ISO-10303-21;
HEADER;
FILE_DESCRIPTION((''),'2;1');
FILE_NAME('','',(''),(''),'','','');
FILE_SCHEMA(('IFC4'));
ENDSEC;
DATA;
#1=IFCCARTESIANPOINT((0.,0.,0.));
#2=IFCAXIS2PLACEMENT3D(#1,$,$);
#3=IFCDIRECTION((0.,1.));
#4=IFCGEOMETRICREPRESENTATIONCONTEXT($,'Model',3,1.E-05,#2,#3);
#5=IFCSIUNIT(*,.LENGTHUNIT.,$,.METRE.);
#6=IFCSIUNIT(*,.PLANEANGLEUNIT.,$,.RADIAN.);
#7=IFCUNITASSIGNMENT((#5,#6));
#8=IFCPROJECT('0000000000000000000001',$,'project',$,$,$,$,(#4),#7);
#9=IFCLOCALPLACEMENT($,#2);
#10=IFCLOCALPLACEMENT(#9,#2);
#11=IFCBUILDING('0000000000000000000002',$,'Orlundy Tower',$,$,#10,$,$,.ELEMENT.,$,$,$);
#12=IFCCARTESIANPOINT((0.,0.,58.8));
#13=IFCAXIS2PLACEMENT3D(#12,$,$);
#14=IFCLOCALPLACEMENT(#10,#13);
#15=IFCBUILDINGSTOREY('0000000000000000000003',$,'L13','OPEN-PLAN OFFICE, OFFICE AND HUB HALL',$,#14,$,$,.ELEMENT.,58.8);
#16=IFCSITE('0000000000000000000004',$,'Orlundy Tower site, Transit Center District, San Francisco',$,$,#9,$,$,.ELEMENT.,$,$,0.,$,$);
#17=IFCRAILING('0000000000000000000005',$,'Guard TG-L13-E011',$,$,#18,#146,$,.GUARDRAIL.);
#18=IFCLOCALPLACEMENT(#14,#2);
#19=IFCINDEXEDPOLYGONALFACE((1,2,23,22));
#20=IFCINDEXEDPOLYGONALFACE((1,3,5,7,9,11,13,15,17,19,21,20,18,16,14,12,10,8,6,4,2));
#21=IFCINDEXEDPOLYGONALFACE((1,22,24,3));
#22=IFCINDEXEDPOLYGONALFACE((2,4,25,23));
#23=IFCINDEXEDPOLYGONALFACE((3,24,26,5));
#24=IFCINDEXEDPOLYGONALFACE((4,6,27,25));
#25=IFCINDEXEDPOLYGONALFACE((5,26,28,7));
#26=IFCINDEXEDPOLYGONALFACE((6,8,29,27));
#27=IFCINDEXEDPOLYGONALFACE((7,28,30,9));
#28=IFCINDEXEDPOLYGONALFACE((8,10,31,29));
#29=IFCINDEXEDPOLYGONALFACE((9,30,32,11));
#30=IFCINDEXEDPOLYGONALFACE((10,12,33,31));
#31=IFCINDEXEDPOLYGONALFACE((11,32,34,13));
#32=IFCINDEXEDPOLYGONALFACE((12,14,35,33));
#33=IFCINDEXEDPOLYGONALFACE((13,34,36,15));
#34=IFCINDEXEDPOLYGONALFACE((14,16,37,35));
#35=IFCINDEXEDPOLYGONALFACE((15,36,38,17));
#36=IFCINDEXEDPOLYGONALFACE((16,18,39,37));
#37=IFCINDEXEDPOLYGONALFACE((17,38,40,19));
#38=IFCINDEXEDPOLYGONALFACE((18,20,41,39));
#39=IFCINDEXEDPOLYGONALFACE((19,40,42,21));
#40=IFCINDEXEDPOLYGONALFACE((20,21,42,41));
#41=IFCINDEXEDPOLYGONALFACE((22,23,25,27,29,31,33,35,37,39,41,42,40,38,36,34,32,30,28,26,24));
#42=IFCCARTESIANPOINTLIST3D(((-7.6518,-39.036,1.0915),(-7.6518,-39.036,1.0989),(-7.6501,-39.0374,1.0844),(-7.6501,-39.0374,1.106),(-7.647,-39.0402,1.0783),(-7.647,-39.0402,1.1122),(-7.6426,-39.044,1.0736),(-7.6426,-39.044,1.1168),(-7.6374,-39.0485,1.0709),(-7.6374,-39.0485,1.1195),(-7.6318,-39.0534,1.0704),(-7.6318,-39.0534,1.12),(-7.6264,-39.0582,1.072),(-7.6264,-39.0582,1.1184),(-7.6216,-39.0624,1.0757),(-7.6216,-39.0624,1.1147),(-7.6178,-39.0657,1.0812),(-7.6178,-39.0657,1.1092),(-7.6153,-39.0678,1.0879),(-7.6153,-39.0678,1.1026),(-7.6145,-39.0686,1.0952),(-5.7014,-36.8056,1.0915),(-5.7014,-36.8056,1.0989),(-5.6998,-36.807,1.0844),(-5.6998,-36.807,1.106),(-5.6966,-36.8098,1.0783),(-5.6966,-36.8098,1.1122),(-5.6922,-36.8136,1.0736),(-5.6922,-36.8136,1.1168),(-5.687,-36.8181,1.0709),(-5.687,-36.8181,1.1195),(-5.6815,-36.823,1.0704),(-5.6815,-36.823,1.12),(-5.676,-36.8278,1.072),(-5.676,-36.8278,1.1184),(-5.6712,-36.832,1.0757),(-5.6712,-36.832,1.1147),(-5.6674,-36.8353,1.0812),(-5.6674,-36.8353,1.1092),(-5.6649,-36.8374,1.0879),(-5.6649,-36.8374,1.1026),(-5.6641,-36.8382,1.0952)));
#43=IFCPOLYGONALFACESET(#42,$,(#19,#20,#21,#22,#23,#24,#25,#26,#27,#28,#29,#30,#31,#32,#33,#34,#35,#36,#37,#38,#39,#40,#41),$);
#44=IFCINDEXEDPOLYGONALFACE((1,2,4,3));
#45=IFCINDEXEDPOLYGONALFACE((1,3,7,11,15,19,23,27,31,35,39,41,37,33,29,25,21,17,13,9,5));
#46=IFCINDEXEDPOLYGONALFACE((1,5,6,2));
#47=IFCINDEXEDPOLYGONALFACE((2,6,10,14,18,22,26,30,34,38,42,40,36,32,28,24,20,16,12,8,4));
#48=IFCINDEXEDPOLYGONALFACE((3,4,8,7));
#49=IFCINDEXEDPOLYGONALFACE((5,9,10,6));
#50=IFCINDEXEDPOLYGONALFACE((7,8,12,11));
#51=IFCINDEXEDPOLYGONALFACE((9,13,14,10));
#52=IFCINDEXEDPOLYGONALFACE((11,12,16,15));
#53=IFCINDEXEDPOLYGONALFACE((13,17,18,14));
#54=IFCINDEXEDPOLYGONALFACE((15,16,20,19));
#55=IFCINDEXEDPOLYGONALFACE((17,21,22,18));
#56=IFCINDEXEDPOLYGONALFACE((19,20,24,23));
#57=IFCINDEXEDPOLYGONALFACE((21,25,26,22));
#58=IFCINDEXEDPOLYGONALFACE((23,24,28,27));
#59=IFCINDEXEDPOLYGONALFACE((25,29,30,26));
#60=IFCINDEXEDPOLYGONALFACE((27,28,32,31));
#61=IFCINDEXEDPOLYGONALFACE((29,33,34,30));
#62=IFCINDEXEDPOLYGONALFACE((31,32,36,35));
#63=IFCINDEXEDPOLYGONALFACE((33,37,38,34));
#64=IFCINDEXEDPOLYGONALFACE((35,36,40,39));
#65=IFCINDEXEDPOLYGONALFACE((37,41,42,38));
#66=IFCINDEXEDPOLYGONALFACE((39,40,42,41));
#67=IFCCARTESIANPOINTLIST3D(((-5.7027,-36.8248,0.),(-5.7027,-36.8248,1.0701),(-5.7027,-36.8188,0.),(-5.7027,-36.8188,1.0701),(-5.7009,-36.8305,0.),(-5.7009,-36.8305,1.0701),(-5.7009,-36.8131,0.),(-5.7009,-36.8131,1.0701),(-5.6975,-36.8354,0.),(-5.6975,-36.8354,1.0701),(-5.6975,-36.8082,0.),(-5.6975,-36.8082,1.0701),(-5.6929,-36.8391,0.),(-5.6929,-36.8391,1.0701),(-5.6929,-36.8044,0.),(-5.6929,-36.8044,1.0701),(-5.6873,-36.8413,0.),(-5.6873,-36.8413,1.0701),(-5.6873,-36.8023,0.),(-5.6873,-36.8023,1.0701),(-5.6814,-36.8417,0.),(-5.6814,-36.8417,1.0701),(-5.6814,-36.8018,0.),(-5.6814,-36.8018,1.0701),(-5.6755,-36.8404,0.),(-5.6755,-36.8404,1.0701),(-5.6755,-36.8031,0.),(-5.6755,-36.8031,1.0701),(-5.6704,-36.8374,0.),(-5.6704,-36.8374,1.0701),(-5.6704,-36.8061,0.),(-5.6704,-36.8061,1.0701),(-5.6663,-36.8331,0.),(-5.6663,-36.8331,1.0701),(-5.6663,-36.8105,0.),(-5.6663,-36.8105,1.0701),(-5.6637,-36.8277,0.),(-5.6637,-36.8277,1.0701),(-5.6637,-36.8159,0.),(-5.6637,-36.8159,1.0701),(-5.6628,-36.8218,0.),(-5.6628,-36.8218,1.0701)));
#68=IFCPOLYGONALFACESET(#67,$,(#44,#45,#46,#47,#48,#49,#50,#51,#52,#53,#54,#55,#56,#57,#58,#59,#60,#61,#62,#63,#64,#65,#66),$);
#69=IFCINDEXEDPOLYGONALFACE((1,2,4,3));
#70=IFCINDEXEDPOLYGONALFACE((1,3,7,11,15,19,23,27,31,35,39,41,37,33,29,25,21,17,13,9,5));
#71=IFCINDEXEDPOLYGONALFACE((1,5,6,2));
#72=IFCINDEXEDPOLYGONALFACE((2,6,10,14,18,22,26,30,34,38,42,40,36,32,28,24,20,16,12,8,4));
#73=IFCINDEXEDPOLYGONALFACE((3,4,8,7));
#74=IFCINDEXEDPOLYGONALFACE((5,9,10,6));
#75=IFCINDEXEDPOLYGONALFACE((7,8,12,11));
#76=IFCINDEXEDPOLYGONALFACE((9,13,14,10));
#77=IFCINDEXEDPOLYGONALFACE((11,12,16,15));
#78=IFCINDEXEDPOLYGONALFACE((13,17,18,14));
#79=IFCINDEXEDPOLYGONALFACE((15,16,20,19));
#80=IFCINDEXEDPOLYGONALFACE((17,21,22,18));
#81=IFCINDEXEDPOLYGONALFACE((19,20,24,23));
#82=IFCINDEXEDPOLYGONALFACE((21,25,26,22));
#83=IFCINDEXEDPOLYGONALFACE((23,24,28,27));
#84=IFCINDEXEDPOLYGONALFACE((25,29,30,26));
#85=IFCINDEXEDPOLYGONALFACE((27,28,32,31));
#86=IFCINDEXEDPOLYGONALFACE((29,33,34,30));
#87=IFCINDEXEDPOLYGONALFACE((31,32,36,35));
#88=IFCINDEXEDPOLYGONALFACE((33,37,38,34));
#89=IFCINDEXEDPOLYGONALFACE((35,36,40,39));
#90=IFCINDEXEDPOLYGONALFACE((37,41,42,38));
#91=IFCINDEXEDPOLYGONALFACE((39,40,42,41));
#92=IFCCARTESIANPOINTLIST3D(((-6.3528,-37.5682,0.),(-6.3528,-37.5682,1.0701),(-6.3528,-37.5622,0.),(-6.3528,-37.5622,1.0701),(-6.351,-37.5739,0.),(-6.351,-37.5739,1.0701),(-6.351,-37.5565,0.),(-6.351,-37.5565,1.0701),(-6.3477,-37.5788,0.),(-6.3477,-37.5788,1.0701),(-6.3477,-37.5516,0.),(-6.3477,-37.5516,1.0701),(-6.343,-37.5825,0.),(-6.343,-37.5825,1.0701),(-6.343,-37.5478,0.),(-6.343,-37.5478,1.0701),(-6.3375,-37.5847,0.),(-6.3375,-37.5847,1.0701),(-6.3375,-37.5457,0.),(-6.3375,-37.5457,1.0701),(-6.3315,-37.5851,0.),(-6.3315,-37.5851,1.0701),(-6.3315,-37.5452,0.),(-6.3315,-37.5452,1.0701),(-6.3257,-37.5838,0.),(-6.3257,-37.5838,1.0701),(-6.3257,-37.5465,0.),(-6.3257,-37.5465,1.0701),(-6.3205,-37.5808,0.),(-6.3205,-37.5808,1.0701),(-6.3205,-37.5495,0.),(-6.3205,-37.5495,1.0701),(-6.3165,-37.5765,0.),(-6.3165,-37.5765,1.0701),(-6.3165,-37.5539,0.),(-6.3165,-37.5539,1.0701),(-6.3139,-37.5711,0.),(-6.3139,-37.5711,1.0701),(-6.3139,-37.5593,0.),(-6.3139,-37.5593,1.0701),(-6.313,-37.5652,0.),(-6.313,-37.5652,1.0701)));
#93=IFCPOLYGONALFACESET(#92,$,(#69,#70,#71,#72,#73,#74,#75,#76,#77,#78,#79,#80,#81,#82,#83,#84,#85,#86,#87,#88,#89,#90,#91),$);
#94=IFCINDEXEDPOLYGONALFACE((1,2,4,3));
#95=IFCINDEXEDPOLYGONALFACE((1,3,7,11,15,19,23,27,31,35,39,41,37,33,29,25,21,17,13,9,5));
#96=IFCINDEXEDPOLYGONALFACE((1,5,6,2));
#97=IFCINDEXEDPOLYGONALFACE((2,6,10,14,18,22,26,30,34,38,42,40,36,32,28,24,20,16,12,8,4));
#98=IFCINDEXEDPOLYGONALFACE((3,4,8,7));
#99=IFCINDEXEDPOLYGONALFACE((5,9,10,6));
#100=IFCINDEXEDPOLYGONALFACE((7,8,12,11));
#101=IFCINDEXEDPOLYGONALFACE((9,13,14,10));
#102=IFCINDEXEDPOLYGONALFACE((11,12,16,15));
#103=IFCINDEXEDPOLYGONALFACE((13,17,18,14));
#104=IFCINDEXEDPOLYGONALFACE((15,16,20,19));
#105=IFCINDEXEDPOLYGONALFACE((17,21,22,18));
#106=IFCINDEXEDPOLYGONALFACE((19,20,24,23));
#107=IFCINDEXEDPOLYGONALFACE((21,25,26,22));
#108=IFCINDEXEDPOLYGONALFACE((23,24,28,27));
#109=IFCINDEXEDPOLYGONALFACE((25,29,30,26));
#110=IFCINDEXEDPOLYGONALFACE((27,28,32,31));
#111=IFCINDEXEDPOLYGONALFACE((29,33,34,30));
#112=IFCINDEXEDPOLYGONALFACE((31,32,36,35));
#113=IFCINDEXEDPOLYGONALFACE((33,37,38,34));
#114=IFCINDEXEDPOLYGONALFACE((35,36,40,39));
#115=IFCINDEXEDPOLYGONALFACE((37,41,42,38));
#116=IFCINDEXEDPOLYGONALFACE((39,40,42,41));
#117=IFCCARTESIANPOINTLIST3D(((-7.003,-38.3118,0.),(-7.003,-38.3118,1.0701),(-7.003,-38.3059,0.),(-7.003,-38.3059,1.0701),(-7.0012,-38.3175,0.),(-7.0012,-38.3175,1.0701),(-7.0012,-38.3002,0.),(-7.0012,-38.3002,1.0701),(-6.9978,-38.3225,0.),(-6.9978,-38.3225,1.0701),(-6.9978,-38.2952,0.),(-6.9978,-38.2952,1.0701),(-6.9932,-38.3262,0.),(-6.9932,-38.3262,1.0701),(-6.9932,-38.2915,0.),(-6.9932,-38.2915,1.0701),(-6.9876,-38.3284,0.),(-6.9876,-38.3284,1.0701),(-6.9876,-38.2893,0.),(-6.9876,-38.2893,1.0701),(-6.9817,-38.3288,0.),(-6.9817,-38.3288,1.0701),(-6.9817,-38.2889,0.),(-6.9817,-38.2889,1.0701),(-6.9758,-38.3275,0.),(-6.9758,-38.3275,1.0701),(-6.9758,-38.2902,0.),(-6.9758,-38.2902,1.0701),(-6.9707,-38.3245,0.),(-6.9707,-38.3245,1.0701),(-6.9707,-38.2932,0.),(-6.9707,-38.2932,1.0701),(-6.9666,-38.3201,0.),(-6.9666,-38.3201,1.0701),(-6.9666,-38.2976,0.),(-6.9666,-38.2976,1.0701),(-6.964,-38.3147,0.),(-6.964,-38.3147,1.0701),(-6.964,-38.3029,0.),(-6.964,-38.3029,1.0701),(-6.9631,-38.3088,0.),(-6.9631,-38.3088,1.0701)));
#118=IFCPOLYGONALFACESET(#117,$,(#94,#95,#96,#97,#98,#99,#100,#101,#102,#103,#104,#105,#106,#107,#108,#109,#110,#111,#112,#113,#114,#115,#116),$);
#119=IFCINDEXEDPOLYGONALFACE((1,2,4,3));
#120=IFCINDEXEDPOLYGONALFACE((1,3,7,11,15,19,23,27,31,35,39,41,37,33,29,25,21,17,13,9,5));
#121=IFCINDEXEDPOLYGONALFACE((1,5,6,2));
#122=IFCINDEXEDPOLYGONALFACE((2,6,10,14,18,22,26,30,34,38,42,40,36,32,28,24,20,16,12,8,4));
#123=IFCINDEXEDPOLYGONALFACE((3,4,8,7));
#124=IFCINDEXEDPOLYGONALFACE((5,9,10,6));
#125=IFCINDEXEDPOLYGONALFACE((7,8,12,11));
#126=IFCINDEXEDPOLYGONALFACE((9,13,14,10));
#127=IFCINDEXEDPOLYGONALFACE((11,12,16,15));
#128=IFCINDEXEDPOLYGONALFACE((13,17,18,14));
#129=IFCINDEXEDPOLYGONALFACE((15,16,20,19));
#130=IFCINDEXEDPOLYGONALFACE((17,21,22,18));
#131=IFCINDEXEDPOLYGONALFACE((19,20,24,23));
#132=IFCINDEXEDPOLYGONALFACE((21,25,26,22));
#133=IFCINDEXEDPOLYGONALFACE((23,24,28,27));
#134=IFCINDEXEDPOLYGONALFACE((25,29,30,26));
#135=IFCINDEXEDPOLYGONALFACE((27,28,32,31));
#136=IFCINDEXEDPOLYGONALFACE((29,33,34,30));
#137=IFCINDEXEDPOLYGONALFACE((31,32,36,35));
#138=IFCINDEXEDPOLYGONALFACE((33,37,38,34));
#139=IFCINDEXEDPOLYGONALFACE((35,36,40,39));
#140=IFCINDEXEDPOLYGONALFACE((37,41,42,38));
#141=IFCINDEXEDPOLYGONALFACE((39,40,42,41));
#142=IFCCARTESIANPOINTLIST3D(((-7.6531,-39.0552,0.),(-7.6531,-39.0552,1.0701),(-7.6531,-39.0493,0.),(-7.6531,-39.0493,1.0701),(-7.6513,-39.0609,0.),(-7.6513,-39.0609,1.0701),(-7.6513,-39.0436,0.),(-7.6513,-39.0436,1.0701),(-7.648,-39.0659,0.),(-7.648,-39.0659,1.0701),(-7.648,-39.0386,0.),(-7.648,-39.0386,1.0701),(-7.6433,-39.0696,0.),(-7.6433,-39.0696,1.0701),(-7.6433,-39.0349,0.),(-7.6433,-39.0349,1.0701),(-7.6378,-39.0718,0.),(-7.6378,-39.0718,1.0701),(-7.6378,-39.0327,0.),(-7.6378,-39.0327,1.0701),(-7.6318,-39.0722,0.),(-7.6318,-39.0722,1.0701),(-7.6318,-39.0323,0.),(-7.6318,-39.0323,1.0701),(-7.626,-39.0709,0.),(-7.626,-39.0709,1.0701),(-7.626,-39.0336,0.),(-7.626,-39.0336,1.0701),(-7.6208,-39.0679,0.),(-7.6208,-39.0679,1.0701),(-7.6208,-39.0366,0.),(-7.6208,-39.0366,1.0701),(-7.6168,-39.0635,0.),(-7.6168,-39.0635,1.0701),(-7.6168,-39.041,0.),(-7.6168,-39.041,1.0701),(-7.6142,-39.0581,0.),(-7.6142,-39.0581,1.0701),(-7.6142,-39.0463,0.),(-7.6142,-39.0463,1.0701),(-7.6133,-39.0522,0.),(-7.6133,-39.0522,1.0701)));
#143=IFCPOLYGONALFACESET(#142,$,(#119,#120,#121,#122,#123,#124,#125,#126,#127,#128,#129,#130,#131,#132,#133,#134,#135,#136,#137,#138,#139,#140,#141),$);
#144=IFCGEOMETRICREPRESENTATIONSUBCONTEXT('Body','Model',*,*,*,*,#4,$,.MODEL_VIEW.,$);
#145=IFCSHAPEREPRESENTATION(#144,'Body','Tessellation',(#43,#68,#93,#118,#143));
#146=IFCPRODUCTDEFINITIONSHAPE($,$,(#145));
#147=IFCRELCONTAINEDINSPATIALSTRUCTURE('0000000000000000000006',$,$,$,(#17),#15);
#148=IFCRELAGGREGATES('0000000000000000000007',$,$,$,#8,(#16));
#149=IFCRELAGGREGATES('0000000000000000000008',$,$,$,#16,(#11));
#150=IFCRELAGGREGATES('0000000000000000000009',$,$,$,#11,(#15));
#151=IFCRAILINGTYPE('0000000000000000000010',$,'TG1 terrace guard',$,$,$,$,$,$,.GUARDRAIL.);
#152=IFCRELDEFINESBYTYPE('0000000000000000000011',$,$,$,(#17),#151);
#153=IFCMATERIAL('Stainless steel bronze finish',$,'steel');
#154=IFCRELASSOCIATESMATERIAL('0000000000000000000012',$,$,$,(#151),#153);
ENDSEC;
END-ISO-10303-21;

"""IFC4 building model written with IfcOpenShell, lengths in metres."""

from ifc_helpers import new_model, si_unit, direction, frame, origin, origin_2d, place, context, subcontext, project, spatial, circle, extrude, material, type_object, element, save


model = new_model("IFC4")

# Units and contexts
model_context = context("Model", 3, precision=1e-05, world=origin(), true_north=direction((0.0, 1.0)))
body_context = subcontext(model_context, "Body", "Model", "MODEL_VIEW")
ifc_project = project(units=[si_unit("LENGTHUNIT", "METRE"), si_unit("PLANEANGLEUNIT", "RADIAN")], contexts=[model_context])

# Site, building, storey
site_placement = place(None, origin())
site = spatial("IfcSite", under=ifc_project, at=site_placement, Name="Orlundy Tower site, Transit Center District, San Francisco", CompositionType="ELEMENT", RefElevation=0.0)
building_placement = place(site_placement, origin())
building = spatial("IfcBuilding", under=site, at=building_placement, Name="Orlundy Tower", CompositionType="ELEMENT")
storey_placement = place(building_placement, frame((0.0, 0.0, 58.8)))
storey = spatial("IfcBuildingStorey", under=building, at=storey_placement, Name="L13", Description="OPEN-PLAN OFFICE, OFFICE AND HUB HALL", CompositionType="ELEMENT", Elevation=58.8)

# Railing
ifc_material_1 = material(Name="Stainless steel bronze finish", Category="steel")
railing_type = type_object("IfcRailingType", Name="TG1 terrace guard", PredefinedType="GUARDRAIL", material=ifc_material_1)
railing_1_placement = place(storey_placement, frame((-5.6829, -36.8218, 0.0)))
element("IfcRailing", 1, at=railing_1_placement, inside=storey, type_object=railing_type, Name="Guard TG-L13-E011", PredefinedType="GUARDRAIL", context=body_context, shape_type="SweptSolid", body=[
    extrude(circle(Radius=0.0249, at=origin_2d()), frame((0.0, 0.0, 1.0952), z_axis=(-0.658271, -0.752781, 0.0), x_axis=(0.752781, -0.658271, 0.0)), (0.0, 0.0, 1.0), 2.9629),
    extrude(circle(Radius=0.02, at=origin_2d()), origin(), (0.0, 0.0, 1.0), 1.0701),
    extrude(circle(Radius=0.02, at=origin_2d()), frame((-0.6501, -0.7434, 0.0)), (0.0, 0.0, 1.0), 1.0701),
    extrude(circle(Radius=0.02, at=origin_2d()), frame((-1.3003, -1.4871, 0.0)), (0.0, 0.0, 1.0), 1.0701),
    extrude(circle(Radius=0.02, at=origin_2d()), frame((-1.9504, -2.2305, 0.0)), (0.0, 0.0, 1.0), 1.0701),
])

save(model, "model.ifc")
